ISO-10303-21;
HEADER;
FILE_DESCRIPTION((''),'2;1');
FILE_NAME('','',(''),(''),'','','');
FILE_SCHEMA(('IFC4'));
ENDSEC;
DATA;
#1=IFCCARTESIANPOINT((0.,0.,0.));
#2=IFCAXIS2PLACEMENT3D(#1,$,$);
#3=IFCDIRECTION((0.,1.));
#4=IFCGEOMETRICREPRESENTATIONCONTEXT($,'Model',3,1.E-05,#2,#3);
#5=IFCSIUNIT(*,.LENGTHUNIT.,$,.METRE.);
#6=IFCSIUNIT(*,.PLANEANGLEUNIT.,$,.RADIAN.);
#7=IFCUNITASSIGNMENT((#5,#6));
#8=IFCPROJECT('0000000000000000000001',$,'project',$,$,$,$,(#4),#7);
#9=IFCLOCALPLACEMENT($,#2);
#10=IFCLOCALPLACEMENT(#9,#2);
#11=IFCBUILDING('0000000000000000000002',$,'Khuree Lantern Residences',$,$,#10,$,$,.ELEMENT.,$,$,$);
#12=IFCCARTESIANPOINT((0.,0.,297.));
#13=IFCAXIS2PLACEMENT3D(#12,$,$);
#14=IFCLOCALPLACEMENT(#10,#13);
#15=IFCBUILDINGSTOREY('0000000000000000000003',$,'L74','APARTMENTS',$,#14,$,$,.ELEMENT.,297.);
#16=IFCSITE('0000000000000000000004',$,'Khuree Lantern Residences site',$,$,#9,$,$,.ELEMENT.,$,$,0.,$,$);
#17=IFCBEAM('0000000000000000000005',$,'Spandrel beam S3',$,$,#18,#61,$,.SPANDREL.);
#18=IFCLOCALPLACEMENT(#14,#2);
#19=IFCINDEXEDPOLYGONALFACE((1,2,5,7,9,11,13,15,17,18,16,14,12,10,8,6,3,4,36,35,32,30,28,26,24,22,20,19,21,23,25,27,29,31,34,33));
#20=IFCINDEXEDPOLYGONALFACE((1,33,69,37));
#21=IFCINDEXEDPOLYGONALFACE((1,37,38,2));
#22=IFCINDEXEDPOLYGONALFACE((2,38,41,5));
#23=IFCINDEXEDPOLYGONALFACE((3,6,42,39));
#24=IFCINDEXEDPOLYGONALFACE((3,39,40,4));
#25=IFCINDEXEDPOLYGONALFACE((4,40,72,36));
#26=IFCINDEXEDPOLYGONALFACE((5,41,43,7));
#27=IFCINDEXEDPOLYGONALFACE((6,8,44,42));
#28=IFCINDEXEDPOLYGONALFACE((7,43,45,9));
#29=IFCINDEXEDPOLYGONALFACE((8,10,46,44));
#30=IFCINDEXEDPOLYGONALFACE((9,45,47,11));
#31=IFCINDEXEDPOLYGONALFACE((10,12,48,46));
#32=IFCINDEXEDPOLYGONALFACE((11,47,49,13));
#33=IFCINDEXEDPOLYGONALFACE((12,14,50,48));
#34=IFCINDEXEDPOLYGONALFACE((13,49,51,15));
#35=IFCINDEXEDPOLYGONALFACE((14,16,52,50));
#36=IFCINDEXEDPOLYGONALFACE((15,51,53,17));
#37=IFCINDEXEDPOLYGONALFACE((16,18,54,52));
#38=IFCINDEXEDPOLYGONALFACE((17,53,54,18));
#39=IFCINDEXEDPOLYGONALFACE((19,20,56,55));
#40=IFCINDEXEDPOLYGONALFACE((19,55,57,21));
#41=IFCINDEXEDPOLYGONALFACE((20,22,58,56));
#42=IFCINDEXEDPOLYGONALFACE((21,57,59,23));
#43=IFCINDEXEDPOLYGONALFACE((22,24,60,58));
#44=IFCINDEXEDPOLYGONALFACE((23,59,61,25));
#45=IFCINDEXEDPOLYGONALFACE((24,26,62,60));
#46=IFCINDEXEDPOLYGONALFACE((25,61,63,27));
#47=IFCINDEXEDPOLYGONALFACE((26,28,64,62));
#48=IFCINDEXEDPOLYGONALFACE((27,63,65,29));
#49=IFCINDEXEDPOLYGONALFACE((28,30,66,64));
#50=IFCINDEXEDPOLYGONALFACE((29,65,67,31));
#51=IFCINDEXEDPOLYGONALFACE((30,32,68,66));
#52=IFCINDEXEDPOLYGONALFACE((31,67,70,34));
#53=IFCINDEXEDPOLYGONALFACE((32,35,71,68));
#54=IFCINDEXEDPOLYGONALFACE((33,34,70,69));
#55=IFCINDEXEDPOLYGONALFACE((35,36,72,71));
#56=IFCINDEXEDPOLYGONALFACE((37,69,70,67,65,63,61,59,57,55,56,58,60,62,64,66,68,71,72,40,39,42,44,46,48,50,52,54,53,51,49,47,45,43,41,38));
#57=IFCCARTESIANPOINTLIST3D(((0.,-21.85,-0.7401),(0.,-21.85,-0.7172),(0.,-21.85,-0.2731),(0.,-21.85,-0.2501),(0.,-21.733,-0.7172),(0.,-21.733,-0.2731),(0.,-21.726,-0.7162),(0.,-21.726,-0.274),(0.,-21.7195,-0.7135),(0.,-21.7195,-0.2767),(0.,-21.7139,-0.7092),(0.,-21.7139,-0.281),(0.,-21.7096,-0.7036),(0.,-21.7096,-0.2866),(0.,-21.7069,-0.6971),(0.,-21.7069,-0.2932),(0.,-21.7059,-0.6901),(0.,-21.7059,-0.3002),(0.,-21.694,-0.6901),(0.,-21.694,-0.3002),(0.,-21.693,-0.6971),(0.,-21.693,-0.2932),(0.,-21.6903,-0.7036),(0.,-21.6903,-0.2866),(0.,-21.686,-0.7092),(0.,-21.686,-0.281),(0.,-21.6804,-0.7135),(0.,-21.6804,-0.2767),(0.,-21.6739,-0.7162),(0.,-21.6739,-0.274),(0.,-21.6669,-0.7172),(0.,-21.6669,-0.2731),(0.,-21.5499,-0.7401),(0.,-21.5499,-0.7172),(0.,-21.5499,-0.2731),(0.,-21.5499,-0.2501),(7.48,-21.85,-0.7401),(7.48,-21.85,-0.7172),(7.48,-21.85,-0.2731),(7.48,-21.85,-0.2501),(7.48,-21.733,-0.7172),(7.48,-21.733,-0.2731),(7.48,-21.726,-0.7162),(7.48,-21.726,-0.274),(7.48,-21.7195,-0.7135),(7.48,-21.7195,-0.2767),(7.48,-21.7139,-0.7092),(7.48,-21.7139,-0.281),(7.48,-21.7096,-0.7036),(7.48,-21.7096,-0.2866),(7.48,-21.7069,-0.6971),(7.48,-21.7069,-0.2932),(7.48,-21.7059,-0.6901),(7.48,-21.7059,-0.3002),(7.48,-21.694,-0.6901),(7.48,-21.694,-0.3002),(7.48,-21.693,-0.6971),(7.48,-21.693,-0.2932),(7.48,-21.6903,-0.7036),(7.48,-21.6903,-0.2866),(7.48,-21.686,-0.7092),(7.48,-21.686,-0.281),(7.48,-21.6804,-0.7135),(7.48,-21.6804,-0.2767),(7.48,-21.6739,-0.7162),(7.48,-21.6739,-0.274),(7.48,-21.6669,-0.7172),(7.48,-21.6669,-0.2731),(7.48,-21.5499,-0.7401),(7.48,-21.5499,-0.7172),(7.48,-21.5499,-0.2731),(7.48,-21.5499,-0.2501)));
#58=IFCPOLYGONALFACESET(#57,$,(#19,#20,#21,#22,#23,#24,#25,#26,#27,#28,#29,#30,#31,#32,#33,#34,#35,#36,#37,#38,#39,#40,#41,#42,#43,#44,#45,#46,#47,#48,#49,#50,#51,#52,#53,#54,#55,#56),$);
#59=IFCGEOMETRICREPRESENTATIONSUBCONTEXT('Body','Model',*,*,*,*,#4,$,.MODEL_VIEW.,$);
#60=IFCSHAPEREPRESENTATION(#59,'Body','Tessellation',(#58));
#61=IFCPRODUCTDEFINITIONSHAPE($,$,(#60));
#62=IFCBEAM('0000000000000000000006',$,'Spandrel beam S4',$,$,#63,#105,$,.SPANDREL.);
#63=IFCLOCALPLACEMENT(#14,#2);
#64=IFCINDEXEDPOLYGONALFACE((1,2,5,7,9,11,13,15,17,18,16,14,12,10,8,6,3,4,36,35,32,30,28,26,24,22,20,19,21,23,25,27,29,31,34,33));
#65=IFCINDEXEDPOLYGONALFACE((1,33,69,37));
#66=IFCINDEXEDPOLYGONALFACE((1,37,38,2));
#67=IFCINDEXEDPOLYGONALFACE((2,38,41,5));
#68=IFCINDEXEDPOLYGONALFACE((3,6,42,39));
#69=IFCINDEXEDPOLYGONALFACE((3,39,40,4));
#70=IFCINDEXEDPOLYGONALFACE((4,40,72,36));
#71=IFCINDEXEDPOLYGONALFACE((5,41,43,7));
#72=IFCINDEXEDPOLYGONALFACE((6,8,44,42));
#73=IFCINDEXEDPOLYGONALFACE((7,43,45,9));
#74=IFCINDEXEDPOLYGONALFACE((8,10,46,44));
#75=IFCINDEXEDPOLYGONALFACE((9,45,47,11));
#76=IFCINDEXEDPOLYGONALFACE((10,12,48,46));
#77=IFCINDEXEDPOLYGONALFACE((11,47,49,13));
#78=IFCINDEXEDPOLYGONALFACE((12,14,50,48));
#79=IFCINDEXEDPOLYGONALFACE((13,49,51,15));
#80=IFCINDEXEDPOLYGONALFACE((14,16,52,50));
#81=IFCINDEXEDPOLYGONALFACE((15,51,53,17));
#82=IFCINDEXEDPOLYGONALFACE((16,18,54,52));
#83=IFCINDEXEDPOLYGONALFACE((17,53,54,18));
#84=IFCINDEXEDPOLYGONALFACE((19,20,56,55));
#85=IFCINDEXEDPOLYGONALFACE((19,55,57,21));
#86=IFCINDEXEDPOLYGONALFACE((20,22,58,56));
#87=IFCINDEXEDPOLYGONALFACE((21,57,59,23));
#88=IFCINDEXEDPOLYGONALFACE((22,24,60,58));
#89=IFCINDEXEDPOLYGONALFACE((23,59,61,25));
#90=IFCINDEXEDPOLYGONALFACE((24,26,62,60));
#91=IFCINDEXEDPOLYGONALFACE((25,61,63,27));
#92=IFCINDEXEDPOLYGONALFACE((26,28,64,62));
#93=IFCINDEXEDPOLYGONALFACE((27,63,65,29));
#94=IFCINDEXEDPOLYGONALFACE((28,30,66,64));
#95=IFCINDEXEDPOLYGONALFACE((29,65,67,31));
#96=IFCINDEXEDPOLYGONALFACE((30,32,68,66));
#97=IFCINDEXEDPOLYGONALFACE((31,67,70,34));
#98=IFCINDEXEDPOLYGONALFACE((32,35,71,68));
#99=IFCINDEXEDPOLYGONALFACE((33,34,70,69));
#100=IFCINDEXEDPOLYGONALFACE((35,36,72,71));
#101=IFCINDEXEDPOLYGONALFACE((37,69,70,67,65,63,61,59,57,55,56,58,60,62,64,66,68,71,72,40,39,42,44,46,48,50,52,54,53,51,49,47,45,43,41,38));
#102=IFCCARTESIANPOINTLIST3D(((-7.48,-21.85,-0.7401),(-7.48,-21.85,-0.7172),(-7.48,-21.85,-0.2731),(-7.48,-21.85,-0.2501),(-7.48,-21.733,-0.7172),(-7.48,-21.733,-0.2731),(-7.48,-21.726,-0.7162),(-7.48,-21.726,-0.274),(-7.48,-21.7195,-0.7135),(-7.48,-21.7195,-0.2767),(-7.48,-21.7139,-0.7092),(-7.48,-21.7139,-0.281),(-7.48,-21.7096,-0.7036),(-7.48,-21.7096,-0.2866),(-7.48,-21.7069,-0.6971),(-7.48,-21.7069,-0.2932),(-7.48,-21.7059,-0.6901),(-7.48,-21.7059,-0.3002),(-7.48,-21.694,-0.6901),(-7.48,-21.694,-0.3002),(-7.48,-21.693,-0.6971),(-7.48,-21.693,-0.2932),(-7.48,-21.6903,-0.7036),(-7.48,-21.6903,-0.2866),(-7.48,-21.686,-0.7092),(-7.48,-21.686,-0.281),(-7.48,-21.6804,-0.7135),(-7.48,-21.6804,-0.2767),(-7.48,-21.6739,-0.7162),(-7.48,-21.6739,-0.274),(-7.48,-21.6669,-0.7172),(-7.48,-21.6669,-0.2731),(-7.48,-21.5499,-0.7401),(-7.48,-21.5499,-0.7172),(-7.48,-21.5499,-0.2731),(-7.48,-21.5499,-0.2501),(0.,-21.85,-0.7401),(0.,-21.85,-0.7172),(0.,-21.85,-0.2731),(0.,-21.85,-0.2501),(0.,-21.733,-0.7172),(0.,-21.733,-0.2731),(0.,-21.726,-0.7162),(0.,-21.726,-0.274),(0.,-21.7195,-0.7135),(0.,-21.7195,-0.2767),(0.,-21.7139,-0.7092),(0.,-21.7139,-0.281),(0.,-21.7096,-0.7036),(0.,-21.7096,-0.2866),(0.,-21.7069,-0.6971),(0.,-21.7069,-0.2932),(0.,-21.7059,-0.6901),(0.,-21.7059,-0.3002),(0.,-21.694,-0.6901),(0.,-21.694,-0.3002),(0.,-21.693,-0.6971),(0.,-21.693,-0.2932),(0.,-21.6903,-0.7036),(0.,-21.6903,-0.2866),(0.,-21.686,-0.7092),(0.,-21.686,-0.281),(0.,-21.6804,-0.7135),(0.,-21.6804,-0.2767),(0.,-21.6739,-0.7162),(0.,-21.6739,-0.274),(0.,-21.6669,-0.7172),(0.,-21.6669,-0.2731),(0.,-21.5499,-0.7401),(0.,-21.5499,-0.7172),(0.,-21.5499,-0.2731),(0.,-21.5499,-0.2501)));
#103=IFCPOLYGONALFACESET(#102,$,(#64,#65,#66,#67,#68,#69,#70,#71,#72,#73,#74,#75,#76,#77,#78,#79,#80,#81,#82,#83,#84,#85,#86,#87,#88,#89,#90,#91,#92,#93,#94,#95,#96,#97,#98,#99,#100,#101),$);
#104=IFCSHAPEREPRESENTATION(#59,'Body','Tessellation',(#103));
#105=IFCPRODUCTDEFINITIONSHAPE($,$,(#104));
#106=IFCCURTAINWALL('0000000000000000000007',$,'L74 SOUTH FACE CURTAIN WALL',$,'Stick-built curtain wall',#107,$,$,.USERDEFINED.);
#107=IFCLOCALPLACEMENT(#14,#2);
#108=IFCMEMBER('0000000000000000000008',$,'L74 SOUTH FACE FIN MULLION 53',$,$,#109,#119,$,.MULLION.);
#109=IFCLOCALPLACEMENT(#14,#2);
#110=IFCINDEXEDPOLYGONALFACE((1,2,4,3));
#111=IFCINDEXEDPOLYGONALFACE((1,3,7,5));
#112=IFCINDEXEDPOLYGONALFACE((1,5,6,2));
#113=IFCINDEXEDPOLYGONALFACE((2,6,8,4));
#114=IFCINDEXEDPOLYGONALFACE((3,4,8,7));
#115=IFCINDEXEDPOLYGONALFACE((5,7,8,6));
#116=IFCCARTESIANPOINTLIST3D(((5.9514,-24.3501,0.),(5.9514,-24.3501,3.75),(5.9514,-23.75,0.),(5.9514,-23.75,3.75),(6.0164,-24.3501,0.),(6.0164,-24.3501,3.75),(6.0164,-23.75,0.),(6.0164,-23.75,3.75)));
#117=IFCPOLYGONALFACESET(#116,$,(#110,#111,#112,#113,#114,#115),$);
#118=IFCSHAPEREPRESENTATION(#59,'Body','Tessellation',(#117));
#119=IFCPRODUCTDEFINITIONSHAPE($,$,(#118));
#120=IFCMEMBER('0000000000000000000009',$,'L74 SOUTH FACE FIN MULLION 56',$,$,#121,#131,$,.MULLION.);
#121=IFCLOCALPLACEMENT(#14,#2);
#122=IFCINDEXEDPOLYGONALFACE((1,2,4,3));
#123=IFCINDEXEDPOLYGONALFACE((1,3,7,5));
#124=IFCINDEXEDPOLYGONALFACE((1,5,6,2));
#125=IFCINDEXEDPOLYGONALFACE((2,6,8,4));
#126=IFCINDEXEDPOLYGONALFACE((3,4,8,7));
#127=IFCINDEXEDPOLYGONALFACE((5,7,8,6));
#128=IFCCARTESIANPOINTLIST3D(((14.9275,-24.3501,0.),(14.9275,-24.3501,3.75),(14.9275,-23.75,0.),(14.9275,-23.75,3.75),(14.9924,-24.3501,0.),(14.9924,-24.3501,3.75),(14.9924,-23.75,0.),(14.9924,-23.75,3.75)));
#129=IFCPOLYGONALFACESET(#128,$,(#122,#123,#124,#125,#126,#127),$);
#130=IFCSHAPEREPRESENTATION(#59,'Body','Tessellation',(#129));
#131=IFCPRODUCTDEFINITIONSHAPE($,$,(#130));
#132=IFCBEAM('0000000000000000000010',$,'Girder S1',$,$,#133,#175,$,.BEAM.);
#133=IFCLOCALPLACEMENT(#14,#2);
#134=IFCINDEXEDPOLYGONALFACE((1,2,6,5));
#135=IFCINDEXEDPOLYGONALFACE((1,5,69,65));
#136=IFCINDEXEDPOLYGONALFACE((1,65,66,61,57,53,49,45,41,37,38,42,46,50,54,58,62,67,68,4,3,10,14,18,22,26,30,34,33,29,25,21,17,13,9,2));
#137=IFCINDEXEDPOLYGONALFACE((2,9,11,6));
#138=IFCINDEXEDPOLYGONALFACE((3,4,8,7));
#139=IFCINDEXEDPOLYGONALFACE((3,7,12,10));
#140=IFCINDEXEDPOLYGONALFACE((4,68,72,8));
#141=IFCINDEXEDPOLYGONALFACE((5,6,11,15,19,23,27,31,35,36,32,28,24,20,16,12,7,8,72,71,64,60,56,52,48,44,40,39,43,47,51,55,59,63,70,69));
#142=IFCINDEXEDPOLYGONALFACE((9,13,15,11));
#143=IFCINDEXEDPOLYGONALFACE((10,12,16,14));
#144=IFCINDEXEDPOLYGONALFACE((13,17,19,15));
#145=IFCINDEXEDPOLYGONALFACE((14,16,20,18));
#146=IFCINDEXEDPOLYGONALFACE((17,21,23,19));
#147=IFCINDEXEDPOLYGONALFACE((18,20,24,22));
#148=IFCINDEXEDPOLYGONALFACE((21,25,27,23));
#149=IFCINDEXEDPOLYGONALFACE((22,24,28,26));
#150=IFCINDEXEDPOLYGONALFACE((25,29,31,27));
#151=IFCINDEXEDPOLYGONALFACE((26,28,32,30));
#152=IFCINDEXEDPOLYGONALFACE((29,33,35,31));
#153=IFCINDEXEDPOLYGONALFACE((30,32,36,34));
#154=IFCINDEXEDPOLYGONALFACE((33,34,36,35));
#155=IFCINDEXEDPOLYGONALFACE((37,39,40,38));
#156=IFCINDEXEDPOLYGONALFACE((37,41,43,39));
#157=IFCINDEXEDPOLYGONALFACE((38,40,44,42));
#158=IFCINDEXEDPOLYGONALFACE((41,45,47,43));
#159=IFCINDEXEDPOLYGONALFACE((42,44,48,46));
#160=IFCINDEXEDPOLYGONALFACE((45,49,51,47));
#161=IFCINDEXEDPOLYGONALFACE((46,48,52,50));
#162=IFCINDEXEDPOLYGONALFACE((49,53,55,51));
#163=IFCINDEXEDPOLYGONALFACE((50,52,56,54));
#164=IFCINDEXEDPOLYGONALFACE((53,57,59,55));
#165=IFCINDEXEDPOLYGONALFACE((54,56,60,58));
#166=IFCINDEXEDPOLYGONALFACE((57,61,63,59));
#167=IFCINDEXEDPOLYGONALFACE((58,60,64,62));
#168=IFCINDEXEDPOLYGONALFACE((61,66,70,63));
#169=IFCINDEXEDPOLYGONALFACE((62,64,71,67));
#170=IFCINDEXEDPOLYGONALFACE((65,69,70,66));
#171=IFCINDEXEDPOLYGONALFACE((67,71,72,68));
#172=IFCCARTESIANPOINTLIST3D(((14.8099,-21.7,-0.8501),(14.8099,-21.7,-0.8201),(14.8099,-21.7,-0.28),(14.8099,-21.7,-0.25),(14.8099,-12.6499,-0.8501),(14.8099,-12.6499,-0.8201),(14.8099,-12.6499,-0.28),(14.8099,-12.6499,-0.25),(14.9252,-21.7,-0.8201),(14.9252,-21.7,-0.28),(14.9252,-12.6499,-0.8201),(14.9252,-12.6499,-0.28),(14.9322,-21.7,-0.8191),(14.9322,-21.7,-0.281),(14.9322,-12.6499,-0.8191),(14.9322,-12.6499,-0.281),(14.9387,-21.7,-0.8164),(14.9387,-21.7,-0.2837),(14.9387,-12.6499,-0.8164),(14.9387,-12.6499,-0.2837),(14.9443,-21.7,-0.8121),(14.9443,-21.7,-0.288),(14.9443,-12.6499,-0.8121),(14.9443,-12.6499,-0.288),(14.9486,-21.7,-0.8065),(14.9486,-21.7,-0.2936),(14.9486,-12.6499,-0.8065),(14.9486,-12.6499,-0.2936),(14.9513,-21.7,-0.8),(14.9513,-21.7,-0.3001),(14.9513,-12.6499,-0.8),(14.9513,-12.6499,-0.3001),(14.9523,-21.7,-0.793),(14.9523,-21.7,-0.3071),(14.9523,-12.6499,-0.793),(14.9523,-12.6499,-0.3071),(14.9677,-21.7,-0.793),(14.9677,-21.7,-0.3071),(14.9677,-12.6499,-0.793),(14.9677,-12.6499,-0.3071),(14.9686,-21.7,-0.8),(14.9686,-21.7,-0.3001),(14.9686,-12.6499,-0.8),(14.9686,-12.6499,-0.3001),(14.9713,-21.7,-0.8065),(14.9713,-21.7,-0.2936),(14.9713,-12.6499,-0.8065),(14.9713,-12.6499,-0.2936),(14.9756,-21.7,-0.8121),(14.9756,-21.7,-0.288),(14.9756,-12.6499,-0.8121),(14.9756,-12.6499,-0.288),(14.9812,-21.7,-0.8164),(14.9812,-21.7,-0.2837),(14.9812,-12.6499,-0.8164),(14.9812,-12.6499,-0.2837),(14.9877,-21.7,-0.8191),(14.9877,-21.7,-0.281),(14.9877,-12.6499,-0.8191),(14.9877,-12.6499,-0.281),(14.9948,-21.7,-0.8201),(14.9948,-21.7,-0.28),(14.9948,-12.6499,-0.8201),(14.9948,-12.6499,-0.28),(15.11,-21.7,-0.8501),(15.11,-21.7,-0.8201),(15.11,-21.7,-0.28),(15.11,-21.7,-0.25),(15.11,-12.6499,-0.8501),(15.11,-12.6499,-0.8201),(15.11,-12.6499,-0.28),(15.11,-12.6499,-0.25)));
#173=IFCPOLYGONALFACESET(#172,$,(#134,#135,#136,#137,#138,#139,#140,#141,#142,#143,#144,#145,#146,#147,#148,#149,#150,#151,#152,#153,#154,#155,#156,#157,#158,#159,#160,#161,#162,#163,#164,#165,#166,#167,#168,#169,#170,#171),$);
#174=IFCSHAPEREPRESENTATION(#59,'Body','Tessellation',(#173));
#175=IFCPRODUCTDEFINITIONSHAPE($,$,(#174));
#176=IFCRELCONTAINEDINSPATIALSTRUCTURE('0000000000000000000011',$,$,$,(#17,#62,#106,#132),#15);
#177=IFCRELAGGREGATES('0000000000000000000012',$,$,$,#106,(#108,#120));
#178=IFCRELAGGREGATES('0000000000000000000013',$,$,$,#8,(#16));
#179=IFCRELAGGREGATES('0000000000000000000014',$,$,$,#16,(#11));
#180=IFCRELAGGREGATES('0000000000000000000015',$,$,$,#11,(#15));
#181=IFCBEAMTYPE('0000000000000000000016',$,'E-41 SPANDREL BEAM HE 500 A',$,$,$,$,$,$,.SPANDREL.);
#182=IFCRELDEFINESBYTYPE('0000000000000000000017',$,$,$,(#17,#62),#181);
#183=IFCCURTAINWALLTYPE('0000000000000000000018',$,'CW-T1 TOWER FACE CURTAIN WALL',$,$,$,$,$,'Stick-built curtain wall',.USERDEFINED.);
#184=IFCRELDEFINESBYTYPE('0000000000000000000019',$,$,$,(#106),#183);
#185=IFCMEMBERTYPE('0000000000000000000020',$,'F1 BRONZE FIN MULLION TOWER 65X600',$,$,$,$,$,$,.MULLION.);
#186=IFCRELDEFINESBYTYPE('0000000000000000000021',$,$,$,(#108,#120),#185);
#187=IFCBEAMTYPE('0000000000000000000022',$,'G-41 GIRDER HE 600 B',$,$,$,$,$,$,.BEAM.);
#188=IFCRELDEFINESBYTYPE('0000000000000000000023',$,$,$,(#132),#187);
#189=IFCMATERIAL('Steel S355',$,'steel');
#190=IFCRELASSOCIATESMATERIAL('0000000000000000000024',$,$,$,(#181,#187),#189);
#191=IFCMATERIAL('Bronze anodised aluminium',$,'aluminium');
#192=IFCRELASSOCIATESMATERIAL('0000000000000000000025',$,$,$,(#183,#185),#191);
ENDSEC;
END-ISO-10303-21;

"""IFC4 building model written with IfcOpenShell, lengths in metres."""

from ifc_helpers import new_model, si_unit, direction, frame, origin, origin_2d, place, context, subcontext, project, spatial, rectangle, i_section, extrude, material, material_profile, profile_set, type_object, element, aggregate, save


model = new_model("IFC4")

# Units and contexts
model_context = context("Model", 3, precision=1e-05, world=origin(), true_north=direction((0.0, 1.0)))
body_context = subcontext(model_context, "Body", "Model", "MODEL_VIEW")
ifc_project = project(units=[si_unit("LENGTHUNIT", "METRE"), si_unit("PLANEANGLEUNIT", "RADIAN")], contexts=[model_context])

# Site, building, storey
site_placement = place(None, origin())
site = spatial("IfcSite", under=ifc_project, at=site_placement, Name="Khuree Lantern Residences site", CompositionType="ELEMENT", RefElevation=0.0)
building_placement = place(site_placement, origin())
building = spatial("IfcBuilding", under=site, at=building_placement, Name="Khuree Lantern Residences", CompositionType="ELEMENT")
storey_placement = place(building_placement, frame((0.0, 0.0, 297.0)))
storey = spatial("IfcBuildingStorey", under=building, at=storey_placement, Name="L74", Description="APARTMENTS", CompositionType="ELEMENT", Elevation=297.0)

# Beams
ifc_material_1 = material(Name="Steel S355", Category="steel")
ifc_material_profile_1 = material_profile(ifc_material_1, i_section(OverallWidth=0.3, OverallDepth=0.49, WebThickness=0.012, FlangeThickness=0.0229, FilletRadius=0.0271, at=origin_2d()), Name="HE 500 A")
ifc_profile_set_1 = profile_set([ifc_material_profile_1], Name="Steel S355")
beam_type_1 = type_object("IfcBeamType", Name="E-41 SPANDREL BEAM HE 500 A", PredefinedType="SPANDREL", material=ifc_profile_set_1)
for number, where, z_axis, x_axis, name in (
    (1, (7.48, -21.7, -0.4951), (-1.0, 0.0, 0.0), (0.0, -1.0, 0.0), "Spandrel beam S3"),
    (2, (0.0, -21.7, -0.4951), (-1.0, 0.0, 0.0), (0.0, -1.0, 0.0), "Spandrel beam S4"),
):
    element("IfcBeam", number, at=place(storey_placement, frame(where, z_axis=z_axis, x_axis=x_axis)), inside=storey, type_object=beam_type_1, Name=name, PredefinedType="SPANDREL", context=body_context, shape_type="SweptSolid", body=[
        extrude(i_section(OverallWidth=0.3, OverallDepth=0.49, WebThickness=0.012, FlangeThickness=0.0229, FilletRadius=0.0271, at=origin_2d()), origin(), (0.0, 0.0, 1.0), 7.48),
    ])

# Curtain wall, members
ifc_material_2 = material(Name="Bronze anodised aluminium", Category="aluminium")
curtain_wall_type = type_object("IfcCurtainWallType", Name="CW-T1 TOWER FACE CURTAIN WALL", ElementType="Stick-built curtain wall", PredefinedType="USERDEFINED", material=ifc_material_2)
curtain_wall_placement = place(storey_placement, origin())
curtain_wall = element("IfcCurtainWall", 3, at=curtain_wall_placement, inside=storey, type_object=curtain_wall_type, Name="L74 SOUTH FACE CURTAIN WALL", ObjectType="Stick-built curtain wall", PredefinedType="USERDEFINED")
ifc_material_profile_2 = material_profile(ifc_material_2, rectangle(XDim=0.0649, YDim=0.6001, at=origin_2d()), Name="F1 65X600")
ifc_profile_set_2 = profile_set([ifc_material_profile_2], Name="Bronze anodised aluminium")
member_type_1 = type_object("IfcMemberType", Name="F1 BRONZE FIN MULLION TOWER 65X600", PredefinedType="MULLION", material=ifc_profile_set_2)
member_1_placement = place(storey_placement, frame((5.9839, -24.05, 0.0), z_axis=(0.0, 0.0, 1.0), x_axis=(1.0, 0.0, 0.0)))
member_1 = element("IfcMember", 4, at=member_1_placement, type_object=member_type_1, Name="L74 SOUTH FACE FIN MULLION 53", PredefinedType="MULLION", context=body_context, shape_type="SweptSolid", body=[
    extrude(rectangle(XDim=0.0649, YDim=0.6001, at=origin_2d()), origin(), (0.0, 0.0, 1.0), 3.75),
])
member_2_placement = place(storey_placement, frame((14.96, -24.05, 0.0), z_axis=(0.0, 0.0, 1.0), x_axis=(1.0, 0.0, 0.0)))
member_2 = element("IfcMember", 5, at=member_2_placement, type_object=member_type_1, Name="L74 SOUTH FACE FIN MULLION 56", PredefinedType="MULLION", context=body_context, shape_type="SweptSolid", body=[
    extrude(rectangle(XDim=0.0649, YDim=0.6001, at=origin_2d()), origin(), (0.0, 0.0, 1.0), 3.75),
])

# Beam
ifc_material_profile_3 = material_profile(ifc_material_1, i_section(OverallWidth=0.3, OverallDepth=0.6001, WebThickness=0.0154, FlangeThickness=0.03, FilletRadius=0.0271, at=origin_2d()), Name="HE 600 B")
ifc_profile_set_3 = profile_set([ifc_material_profile_3], Name="Steel S355")
beam_type_2 = type_object("IfcBeamType", Name="G-41 GIRDER HE 600 B", PredefinedType="BEAM", material=ifc_profile_set_3)
for number, where, z_axis, x_axis, name in (
    (6, (14.96, -21.7, -0.55), (0.0, 1.0, 0.0), (-1.0, 0.0, 0.0), "Girder S1"),
):
    element("IfcBeam", number, at=place(storey_placement, frame(where, z_axis=z_axis, x_axis=x_axis)), inside=storey, type_object=beam_type_2, Name=name, PredefinedType="BEAM", context=body_context, shape_type="SweptSolid", body=[
        extrude(i_section(OverallWidth=0.3, OverallDepth=0.6001, WebThickness=0.0154, FlangeThickness=0.03, FilletRadius=0.0271, at=origin_2d()), origin(), (0.0, 0.0, 1.0), 9.05),
    ])

aggregate(curtain_wall, [member_1, member_2])

save(model, "model.ifc")
